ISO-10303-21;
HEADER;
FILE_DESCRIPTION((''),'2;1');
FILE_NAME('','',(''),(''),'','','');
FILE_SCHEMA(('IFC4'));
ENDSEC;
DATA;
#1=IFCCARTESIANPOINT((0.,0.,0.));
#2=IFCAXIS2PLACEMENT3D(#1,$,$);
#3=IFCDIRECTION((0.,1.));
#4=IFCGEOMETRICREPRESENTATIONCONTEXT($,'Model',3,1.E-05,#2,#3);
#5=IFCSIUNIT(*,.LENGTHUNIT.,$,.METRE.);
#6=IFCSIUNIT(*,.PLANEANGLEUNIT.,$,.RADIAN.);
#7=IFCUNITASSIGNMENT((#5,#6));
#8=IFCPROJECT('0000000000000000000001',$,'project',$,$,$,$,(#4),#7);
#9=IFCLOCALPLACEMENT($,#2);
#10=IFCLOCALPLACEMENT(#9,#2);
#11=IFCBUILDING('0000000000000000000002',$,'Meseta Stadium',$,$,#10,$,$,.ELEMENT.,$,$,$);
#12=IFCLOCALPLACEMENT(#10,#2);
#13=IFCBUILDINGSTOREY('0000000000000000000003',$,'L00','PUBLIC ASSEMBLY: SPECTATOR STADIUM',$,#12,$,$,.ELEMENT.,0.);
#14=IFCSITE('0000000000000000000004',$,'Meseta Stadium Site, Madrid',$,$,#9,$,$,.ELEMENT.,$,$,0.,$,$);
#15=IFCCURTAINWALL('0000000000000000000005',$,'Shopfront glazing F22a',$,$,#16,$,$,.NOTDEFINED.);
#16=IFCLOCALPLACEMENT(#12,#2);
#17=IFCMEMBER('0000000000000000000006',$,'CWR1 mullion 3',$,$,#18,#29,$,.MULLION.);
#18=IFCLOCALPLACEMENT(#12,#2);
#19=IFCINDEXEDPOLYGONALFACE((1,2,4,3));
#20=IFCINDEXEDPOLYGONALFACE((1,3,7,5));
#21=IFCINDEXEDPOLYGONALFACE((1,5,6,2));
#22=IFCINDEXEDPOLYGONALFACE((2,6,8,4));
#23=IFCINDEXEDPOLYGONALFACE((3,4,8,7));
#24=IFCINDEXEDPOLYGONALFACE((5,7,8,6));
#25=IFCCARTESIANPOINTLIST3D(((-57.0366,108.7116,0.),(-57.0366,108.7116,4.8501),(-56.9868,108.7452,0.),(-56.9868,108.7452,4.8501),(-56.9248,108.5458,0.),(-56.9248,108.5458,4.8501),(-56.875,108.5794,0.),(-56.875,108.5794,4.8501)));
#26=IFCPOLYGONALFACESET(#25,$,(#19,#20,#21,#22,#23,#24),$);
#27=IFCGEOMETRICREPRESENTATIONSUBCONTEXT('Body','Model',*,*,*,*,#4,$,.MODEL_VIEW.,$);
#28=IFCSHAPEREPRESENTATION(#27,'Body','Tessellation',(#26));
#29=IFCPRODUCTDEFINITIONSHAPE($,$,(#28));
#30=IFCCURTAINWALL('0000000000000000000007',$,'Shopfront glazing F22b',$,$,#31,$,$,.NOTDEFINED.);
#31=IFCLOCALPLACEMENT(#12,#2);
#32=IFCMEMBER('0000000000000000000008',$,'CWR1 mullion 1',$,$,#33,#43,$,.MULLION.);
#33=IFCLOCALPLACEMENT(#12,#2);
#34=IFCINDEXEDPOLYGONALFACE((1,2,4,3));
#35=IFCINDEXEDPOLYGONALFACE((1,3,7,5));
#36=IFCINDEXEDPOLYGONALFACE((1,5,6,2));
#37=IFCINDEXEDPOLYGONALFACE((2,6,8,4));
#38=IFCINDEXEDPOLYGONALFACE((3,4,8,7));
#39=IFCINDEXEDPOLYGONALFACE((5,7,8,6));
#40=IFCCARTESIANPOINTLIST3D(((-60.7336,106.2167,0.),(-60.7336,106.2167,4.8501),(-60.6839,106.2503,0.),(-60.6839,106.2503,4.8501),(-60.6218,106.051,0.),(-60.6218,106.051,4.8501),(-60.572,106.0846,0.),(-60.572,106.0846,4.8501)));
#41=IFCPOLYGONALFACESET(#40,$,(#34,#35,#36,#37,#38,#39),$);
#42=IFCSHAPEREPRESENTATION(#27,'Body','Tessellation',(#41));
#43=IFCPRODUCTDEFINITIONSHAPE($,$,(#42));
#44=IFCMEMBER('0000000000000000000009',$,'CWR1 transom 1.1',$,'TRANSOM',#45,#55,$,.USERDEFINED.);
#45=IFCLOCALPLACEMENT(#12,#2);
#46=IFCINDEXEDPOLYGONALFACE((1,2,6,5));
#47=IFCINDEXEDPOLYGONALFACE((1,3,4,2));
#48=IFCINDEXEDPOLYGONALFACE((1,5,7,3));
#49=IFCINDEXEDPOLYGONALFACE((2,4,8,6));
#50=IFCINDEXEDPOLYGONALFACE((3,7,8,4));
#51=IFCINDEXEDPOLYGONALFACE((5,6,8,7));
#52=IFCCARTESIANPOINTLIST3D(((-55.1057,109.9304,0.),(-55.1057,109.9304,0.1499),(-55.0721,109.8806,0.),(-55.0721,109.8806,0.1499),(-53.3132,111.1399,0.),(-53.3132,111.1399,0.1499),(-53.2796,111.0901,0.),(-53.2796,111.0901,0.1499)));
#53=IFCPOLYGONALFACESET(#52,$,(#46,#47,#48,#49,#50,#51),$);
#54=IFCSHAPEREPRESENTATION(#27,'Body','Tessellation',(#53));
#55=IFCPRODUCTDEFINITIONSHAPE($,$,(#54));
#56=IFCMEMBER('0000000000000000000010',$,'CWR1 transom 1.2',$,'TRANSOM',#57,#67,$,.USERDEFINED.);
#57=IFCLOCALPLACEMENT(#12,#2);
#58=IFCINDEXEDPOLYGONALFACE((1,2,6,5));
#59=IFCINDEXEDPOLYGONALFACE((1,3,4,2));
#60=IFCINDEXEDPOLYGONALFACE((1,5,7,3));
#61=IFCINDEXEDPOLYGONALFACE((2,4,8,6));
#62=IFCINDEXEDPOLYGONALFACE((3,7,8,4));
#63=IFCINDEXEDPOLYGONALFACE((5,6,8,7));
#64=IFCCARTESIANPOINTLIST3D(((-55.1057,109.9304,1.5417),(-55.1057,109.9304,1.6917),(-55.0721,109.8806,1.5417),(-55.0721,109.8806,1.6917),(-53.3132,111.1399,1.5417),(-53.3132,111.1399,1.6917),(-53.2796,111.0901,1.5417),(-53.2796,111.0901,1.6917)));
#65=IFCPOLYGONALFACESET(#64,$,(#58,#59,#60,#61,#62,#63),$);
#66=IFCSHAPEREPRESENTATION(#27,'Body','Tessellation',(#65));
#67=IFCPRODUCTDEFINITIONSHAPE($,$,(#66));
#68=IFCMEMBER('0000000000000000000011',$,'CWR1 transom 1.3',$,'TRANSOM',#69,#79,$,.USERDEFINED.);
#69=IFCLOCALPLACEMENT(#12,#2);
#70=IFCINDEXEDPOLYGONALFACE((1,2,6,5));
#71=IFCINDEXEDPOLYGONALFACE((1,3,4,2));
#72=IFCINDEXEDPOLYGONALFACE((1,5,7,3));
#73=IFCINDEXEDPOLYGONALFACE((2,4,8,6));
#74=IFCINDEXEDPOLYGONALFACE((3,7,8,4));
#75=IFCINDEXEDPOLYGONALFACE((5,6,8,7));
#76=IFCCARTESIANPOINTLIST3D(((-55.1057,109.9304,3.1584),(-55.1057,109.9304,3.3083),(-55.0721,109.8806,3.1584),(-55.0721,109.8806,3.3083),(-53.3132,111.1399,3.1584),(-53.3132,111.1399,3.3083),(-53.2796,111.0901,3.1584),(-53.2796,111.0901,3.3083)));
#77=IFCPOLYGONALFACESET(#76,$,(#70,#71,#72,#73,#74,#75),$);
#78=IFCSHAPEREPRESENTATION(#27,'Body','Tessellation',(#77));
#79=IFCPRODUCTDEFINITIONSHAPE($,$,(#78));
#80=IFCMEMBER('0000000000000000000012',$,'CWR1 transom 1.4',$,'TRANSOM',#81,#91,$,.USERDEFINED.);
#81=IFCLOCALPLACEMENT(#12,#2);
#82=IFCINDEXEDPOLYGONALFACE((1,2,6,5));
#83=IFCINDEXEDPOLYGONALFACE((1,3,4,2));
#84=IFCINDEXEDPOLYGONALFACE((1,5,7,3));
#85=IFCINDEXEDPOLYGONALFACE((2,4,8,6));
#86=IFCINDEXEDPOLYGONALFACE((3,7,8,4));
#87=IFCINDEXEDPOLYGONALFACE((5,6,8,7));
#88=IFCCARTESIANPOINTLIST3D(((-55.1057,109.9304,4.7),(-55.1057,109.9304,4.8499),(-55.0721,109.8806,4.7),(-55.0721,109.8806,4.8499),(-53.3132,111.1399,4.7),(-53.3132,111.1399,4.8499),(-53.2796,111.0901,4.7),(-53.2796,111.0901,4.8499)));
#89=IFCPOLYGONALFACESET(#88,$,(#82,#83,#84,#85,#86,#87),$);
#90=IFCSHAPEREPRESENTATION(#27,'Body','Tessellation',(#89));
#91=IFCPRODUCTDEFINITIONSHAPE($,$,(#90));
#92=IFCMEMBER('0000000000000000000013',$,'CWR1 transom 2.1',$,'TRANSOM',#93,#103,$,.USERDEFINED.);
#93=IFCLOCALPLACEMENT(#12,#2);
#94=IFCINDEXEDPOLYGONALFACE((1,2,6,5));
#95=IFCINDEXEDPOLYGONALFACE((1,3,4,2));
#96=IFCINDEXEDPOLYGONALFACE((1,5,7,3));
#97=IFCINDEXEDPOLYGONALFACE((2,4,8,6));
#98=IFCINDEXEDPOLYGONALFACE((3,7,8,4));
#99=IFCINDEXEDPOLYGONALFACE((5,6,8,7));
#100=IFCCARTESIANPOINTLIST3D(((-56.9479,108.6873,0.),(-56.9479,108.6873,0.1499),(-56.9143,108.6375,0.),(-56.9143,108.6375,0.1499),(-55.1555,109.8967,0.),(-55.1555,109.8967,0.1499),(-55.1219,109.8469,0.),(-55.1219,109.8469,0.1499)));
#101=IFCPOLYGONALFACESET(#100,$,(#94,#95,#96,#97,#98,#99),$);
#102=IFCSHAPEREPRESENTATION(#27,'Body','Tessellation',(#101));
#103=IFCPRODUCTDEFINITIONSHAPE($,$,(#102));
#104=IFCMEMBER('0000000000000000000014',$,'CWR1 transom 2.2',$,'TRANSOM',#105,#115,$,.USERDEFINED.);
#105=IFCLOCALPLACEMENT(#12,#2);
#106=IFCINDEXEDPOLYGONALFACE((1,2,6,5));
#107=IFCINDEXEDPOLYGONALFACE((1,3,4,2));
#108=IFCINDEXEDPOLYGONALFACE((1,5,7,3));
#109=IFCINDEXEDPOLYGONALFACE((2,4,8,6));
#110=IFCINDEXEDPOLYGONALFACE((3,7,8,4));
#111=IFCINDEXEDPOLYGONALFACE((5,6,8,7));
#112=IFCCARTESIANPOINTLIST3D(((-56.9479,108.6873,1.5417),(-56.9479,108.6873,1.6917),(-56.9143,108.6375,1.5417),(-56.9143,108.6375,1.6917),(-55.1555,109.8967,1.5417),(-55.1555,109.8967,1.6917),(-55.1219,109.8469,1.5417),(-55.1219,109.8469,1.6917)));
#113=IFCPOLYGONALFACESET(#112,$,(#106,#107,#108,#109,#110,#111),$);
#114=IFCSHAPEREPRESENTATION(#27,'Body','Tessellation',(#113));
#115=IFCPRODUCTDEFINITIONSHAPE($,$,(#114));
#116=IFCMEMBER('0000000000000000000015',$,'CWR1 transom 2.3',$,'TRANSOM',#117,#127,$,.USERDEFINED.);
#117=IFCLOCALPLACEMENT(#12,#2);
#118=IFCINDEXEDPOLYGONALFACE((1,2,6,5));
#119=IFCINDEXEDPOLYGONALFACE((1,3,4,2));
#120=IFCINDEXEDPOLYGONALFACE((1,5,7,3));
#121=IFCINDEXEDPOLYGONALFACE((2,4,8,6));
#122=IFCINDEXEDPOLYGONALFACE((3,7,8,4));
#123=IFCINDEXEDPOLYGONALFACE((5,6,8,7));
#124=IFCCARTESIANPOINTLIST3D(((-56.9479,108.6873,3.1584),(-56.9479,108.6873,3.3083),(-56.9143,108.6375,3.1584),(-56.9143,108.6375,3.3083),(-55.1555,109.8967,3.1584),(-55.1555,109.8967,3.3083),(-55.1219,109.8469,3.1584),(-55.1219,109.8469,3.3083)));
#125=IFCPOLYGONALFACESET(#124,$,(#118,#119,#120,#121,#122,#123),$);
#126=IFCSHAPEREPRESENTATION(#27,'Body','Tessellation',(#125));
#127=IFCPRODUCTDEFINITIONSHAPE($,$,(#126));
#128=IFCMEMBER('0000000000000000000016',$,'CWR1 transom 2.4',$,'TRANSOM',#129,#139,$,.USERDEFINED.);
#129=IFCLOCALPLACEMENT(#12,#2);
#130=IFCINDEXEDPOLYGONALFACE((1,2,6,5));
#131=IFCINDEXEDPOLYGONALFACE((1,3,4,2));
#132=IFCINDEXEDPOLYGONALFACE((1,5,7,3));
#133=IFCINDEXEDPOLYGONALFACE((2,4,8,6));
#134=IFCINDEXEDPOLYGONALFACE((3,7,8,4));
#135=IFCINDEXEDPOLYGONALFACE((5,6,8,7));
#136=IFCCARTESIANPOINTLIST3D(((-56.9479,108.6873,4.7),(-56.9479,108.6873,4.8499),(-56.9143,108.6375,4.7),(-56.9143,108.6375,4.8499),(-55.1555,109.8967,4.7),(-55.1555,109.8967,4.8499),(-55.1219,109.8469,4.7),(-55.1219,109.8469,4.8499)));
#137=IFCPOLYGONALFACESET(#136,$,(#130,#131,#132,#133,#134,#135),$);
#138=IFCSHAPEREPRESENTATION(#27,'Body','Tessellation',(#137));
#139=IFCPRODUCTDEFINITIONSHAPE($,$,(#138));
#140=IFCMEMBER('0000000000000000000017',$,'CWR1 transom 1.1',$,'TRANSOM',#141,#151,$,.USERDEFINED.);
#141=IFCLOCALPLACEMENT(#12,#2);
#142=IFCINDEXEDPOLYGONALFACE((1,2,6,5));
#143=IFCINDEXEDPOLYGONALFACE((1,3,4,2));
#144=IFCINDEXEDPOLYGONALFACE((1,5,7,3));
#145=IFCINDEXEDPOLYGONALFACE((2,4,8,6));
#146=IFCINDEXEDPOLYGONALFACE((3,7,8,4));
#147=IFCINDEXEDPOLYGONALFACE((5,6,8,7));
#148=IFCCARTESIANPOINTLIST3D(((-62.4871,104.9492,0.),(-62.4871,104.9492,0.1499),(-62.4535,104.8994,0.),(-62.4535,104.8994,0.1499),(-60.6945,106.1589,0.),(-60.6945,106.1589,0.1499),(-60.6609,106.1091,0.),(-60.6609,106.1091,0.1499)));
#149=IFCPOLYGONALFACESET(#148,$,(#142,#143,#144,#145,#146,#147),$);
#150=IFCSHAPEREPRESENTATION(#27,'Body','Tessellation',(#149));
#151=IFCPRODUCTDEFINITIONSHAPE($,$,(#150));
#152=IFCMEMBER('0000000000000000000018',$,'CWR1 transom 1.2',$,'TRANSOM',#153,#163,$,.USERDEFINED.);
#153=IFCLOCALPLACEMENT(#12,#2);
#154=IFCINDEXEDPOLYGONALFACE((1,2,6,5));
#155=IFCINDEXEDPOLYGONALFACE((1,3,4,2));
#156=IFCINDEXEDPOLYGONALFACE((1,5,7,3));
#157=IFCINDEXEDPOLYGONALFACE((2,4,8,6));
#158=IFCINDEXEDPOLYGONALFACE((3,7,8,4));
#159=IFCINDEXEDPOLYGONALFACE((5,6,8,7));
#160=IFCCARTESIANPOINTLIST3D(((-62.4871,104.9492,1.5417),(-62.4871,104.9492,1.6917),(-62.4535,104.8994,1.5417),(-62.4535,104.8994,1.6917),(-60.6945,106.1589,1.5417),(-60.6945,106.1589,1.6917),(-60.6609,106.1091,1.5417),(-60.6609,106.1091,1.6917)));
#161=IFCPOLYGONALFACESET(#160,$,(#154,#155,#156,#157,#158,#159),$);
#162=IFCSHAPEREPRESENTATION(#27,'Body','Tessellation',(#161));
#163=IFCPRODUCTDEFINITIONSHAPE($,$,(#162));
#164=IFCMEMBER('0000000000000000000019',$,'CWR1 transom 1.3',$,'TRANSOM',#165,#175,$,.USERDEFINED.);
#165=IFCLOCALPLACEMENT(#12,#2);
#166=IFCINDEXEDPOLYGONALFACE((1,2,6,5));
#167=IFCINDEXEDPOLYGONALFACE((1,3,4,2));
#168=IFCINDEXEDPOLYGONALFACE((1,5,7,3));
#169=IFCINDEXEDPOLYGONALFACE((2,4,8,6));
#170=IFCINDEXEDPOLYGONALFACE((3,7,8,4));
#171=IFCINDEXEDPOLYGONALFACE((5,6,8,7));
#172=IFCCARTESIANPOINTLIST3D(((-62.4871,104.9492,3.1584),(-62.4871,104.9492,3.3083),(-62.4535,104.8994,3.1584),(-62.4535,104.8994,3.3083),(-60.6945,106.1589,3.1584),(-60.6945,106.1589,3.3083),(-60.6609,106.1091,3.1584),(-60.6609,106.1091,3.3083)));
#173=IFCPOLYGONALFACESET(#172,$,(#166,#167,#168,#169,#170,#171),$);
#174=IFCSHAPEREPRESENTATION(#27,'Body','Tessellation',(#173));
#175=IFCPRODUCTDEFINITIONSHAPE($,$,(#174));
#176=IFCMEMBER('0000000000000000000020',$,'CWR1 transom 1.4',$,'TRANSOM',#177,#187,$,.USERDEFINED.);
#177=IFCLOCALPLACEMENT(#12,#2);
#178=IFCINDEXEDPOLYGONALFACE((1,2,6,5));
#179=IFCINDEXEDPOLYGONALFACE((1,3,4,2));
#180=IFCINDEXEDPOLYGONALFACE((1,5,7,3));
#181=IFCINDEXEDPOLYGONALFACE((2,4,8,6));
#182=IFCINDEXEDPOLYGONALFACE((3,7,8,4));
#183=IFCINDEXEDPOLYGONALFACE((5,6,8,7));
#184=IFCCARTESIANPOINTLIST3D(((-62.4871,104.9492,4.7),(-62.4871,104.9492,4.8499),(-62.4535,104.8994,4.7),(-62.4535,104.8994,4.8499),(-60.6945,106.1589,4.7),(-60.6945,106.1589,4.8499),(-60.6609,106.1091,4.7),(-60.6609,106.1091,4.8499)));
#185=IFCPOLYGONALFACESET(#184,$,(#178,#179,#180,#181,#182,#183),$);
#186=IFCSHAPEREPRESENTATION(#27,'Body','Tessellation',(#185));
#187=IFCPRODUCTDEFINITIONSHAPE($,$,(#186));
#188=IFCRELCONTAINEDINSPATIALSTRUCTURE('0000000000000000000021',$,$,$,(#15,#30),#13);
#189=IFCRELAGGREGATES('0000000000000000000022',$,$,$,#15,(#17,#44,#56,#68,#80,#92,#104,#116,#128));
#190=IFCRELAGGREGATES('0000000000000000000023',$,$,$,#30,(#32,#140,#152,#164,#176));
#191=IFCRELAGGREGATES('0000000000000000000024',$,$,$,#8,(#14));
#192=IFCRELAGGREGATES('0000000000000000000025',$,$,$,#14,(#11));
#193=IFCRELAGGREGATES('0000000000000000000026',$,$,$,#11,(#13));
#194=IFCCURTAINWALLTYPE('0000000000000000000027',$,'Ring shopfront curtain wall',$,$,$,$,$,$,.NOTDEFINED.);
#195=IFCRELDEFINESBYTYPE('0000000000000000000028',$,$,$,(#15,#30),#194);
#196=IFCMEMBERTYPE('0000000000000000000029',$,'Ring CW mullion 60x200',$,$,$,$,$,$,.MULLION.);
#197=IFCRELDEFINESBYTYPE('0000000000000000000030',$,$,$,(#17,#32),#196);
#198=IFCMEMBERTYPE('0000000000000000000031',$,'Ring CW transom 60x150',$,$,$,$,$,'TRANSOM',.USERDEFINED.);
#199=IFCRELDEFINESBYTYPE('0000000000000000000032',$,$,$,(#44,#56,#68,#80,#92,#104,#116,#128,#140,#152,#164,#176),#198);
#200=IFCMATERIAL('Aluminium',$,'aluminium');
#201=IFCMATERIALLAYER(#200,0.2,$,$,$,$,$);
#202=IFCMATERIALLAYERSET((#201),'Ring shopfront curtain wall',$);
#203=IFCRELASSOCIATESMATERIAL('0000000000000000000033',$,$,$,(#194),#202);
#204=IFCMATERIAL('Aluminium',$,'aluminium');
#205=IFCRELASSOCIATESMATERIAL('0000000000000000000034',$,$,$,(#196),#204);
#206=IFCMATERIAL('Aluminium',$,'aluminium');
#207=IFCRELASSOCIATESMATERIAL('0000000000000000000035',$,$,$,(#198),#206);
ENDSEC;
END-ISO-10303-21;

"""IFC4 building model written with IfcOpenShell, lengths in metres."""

from ifc_helpers import new_model, si_unit, direction, frame, origin, origin_2d, place, context, subcontext, project, spatial, rectangle, extrude, material, layer, layer_set, material_profile, profile_set, type_object, element, aggregate, save


model = new_model("IFC4")

# Units and contexts
model_context = context("Model", 3, precision=1e-05, world=origin(), true_north=direction((0.0, 1.0)))
body_context = subcontext(model_context, "Body", "Model", "MODEL_VIEW")
ifc_project = project(units=[si_unit("LENGTHUNIT", "METRE"), si_unit("PLANEANGLEUNIT", "RADIAN")], contexts=[model_context])

# Site, building, storey
site_placement = place(None, origin())
site = spatial("IfcSite", under=ifc_project, at=site_placement, Name="Meseta Stadium Site, Madrid", CompositionType="ELEMENT", RefElevation=0.0)
building_placement = place(site_placement, origin())
building = spatial("IfcBuilding", under=site, at=building_placement, Name="Meseta Stadium", CompositionType="ELEMENT")
storey_placement = place(building_placement, origin())
storey = spatial("IfcBuildingStorey", under=building, at=storey_placement, Name="L00", Description="PUBLIC ASSEMBLY: SPECTATOR STADIUM", CompositionType="ELEMENT", Elevation=0.0)

# Curtain wall, member
ifc_material_1 = material(Name="Aluminium", Category="aluminium")
ifc_layer_1 = layer(ifc_material_1, 0.2)
ifc_layer_set_1 = layer_set([ifc_layer_1], Name="Ring shopfront curtain wall")
curtain_wall_type = type_object("IfcCurtainWallType", Name="Ring shopfront curtain wall", PredefinedType="NOTDEFINED", material=ifc_layer_set_1)
curtain_wall_1_placement = place(storey_placement, origin())
curtain_wall_1 = element("IfcCurtainWall", 1, at=curtain_wall_1_placement, inside=storey, type_object=curtain_wall_type, Name="Shopfront glazing F22a", PredefinedType="NOTDEFINED")
ifc_material_2 = material(Name="Aluminium", Category="aluminium")
ifc_material_profile_1 = material_profile(ifc_material_2, rectangle(XDim=0.2, YDim=0.0601, at=origin_2d()), Name="CW 200x60")
ifc_profile_set_1 = profile_set([ifc_material_profile_1], Name="Aluminium")
member_type_1 = type_object("IfcMemberType", Name="Ring CW mullion 60x200", PredefinedType="MULLION", material=ifc_profile_set_1)
member_1_placement = place(storey_placement, frame((-56.9558, 108.6455, 0.0), z_axis=(0.0, 0.0, 1.0), x_axis=(0.559368, -0.828919, 0.0)))
member_1 = element("IfcMember", 2, at=member_1_placement, type_object=member_type_1, Name="CWR1 mullion 3", PredefinedType="MULLION", context=body_context, shape_type="SweptSolid", body=[
    extrude(rectangle(XDim=0.2, YDim=0.0601, at=origin_2d()), origin(), (0.0, 0.0, 1.0), 4.8501),
])

# Curtain wall, member
curtain_wall_2_placement = place(storey_placement, origin())
curtain_wall_2 = element("IfcCurtainWall", 3, at=curtain_wall_2_placement, inside=storey, type_object=curtain_wall_type, Name="Shopfront glazing F22b", PredefinedType="NOTDEFINED")
member_2_placement = place(storey_placement, frame((-60.6528, 106.1506, 0.0), z_axis=(0.0, 0.0, 1.0), x_axis=(0.559384, -0.828909, 0.0)))
member_2 = element("IfcMember", 4, at=member_2_placement, type_object=member_type_1, Name="CWR1 mullion 1", PredefinedType="MULLION", context=body_context, shape_type="SweptSolid", body=[
    extrude(rectangle(XDim=0.2, YDim=0.0601, at=origin_2d()), origin(), (0.0, 0.0, 1.0), 4.8501),
])

# Members
ifc_material_3 = material(Name="Aluminium", Category="aluminium")
ifc_material_profile_2 = material_profile(ifc_material_3, rectangle(XDim=0.0601, YDim=0.1499, at=origin_2d()), Name="CW 60x150")
ifc_profile_set_2 = profile_set([ifc_material_profile_2], Name="Aluminium")
member_type_2 = type_object("IfcMemberType", Name="Ring CW transom 60x150", ElementType="TRANSOM", PredefinedType="USERDEFINED", material=ifc_profile_set_2)
member_3_placement = place(storey_placement, frame((-53.2964, 111.115, 0.075), z_axis=(-0.828946, -0.559329, 0.0), x_axis=(0.559329, -0.828946, 0.0)))
member_3 = element("IfcMember", 5, at=member_3_placement, type_object=member_type_2, Name="CWR1 transom 1.1", ObjectType="TRANSOM", PredefinedType="USERDEFINED", context=body_context, shape_type="SweptSolid", body=[
    extrude(rectangle(XDim=0.0601, YDim=0.1499, at=origin_2d()), origin(), (0.0, 0.0, 1.0), 2.1624),
])
member_4_placement = place(storey_placement, frame((-53.2964, 111.115, 1.6167), z_axis=(-0.828946, -0.559329, 0.0), x_axis=(0.559329, -0.828946, 0.0)))
member_4 = element("IfcMember", 6, at=member_4_placement, type_object=member_type_2, Name="CWR1 transom 1.2", ObjectType="TRANSOM", PredefinedType="USERDEFINED", context=body_context, shape_type="SweptSolid", body=[
    extrude(rectangle(XDim=0.0601, YDim=0.1499, at=origin_2d()), origin(), (0.0, 0.0, 1.0), 2.1624),
])
member_5_placement = place(storey_placement, frame((-53.2964, 111.115, 3.2334), z_axis=(-0.828946, -0.559329, 0.0), x_axis=(0.559329, -0.828946, 0.0)))
member_5 = element("IfcMember", 7, at=member_5_placement, type_object=member_type_2, Name="CWR1 transom 1.3", ObjectType="TRANSOM", PredefinedType="USERDEFINED", context=body_context, shape_type="SweptSolid", body=[
    extrude(rectangle(XDim=0.0601, YDim=0.1499, at=origin_2d()), origin(), (0.0, 0.0, 1.0), 2.1624),
])
member_6_placement = place(storey_placement, frame((-53.2964, 111.115, 4.7749), z_axis=(-0.828946, -0.559329, 0.0), x_axis=(0.559329, -0.828946, 0.0)))
member_6 = element("IfcMember", 8, at=member_6_placement, type_object=member_type_2, Name="CWR1 transom 1.4", ObjectType="TRANSOM", PredefinedType="USERDEFINED", context=body_context, shape_type="SweptSolid", body=[
    extrude(rectangle(XDim=0.0601, YDim=0.1499, at=origin_2d()), origin(), (0.0, 0.0, 1.0), 2.1624),
])
member_7_placement = place(storey_placement, frame((-55.1387, 109.8718, 0.075), z_axis=(-0.828946, -0.559329, 0.0), x_axis=(0.559329, -0.828946, 0.0)))
member_7 = element("IfcMember", 9, at=member_7_placement, type_object=member_type_2, Name="CWR1 transom 2.1", ObjectType="TRANSOM", PredefinedType="USERDEFINED", context=body_context, shape_type="SweptSolid", body=[
    extrude(rectangle(XDim=0.0601, YDim=0.1499, at=origin_2d()), origin(), (0.0, 0.0, 1.0), 2.1624),
])
member_8_placement = place(storey_placement, frame((-55.1387, 109.8718, 1.6167), z_axis=(-0.828946, -0.559329, 0.0), x_axis=(0.559329, -0.828946, 0.0)))
member_8 = element("IfcMember", 10, at=member_8_placement, type_object=member_type_2, Name="CWR1 transom 2.2", ObjectType="TRANSOM", PredefinedType="USERDEFINED", context=body_context, shape_type="SweptSolid", body=[
    extrude(rectangle(XDim=0.0601, YDim=0.1499, at=origin_2d()), origin(), (0.0, 0.0, 1.0), 2.1624),
])
member_9_placement = place(storey_placement, frame((-55.1387, 109.8718, 3.2334), z_axis=(-0.828946, -0.559329, 0.0), x_axis=(0.559329, -0.828946, 0.0)))
member_9 = element("IfcMember", 11, at=member_9_placement, type_object=member_type_2, Name="CWR1 transom 2.3", ObjectType="TRANSOM", PredefinedType="USERDEFINED", context=body_context, shape_type="SweptSolid", body=[
    extrude(rectangle(XDim=0.0601, YDim=0.1499, at=origin_2d()), origin(), (0.0, 0.0, 1.0), 2.1624),
])
member_10_placement = place(storey_placement, frame((-55.1387, 109.8718, 4.7749), z_axis=(-0.828946, -0.559329, 0.0), x_axis=(0.559329, -0.828946, 0.0)))
member_10 = element("IfcMember", 12, at=member_10_placement, type_object=member_type_2, Name="CWR1 transom 2.4", ObjectType="TRANSOM", PredefinedType="USERDEFINED", context=body_context, shape_type="SweptSolid", body=[
    extrude(rectangle(XDim=0.0601, YDim=0.1499, at=origin_2d()), origin(), (0.0, 0.0, 1.0), 2.1624),
])
member_11_placement = place(storey_placement, frame((-60.6777, 106.134, 0.075), z_axis=(-0.828893, -0.559407, 0.0), x_axis=(0.559407, -0.828893, 0.0)))
member_11 = element("IfcMember", 13, at=member_11_placement, type_object=member_type_2, Name="CWR1 transom 1.1", ObjectType="TRANSOM", PredefinedType="USERDEFINED", context=body_context, shape_type="SweptSolid", body=[
    extrude(rectangle(XDim=0.0601, YDim=0.1499, at=origin_2d()), origin(), (0.0, 0.0, 1.0), 2.1626),
])
member_12_placement = place(storey_placement, frame((-60.6777, 106.134, 1.6167), z_axis=(-0.828893, -0.559407, 0.0), x_axis=(0.559407, -0.828893, 0.0)))
member_12 = element("IfcMember", 14, at=member_12_placement, type_object=member_type_2, Name="CWR1 transom 1.2", ObjectType="TRANSOM", PredefinedType="USERDEFINED", context=body_context, shape_type="SweptSolid", body=[
    extrude(rectangle(XDim=0.0601, YDim=0.1499, at=origin_2d()), origin(), (0.0, 0.0, 1.0), 2.1626),
])
member_13_placement = place(storey_placement, frame((-60.6777, 106.134, 3.2334), z_axis=(-0.828893, -0.559407, 0.0), x_axis=(0.559407, -0.828893, 0.0)))
member_13 = element("IfcMember", 15, at=member_13_placement, type_object=member_type_2, Name="CWR1 transom 1.3", ObjectType="TRANSOM", PredefinedType="USERDEFINED", context=body_context, shape_type="SweptSolid", body=[
    extrude(rectangle(XDim=0.0601, YDim=0.1499, at=origin_2d()), origin(), (0.0, 0.0, 1.0), 2.1626),
])
member_14_placement = place(storey_placement, frame((-60.6777, 106.134, 4.7749), z_axis=(-0.828893, -0.559407, 0.0), x_axis=(0.559407, -0.828893, 0.0)))
member_14 = element("IfcMember", 16, at=member_14_placement, type_object=member_type_2, Name="CWR1 transom 1.4", ObjectType="TRANSOM", PredefinedType="USERDEFINED", context=body_context, shape_type="SweptSolid", body=[
    extrude(rectangle(XDim=0.0601, YDim=0.1499, at=origin_2d()), origin(), (0.0, 0.0, 1.0), 2.1626),
])

aggregate(curtain_wall_1, [member_1, member_3, member_4, member_5, member_6, member_7, member_8, member_9, member_10])
aggregate(curtain_wall_2, [member_2, member_11, member_12, member_13, member_14])

save(model, "model.ifc")
